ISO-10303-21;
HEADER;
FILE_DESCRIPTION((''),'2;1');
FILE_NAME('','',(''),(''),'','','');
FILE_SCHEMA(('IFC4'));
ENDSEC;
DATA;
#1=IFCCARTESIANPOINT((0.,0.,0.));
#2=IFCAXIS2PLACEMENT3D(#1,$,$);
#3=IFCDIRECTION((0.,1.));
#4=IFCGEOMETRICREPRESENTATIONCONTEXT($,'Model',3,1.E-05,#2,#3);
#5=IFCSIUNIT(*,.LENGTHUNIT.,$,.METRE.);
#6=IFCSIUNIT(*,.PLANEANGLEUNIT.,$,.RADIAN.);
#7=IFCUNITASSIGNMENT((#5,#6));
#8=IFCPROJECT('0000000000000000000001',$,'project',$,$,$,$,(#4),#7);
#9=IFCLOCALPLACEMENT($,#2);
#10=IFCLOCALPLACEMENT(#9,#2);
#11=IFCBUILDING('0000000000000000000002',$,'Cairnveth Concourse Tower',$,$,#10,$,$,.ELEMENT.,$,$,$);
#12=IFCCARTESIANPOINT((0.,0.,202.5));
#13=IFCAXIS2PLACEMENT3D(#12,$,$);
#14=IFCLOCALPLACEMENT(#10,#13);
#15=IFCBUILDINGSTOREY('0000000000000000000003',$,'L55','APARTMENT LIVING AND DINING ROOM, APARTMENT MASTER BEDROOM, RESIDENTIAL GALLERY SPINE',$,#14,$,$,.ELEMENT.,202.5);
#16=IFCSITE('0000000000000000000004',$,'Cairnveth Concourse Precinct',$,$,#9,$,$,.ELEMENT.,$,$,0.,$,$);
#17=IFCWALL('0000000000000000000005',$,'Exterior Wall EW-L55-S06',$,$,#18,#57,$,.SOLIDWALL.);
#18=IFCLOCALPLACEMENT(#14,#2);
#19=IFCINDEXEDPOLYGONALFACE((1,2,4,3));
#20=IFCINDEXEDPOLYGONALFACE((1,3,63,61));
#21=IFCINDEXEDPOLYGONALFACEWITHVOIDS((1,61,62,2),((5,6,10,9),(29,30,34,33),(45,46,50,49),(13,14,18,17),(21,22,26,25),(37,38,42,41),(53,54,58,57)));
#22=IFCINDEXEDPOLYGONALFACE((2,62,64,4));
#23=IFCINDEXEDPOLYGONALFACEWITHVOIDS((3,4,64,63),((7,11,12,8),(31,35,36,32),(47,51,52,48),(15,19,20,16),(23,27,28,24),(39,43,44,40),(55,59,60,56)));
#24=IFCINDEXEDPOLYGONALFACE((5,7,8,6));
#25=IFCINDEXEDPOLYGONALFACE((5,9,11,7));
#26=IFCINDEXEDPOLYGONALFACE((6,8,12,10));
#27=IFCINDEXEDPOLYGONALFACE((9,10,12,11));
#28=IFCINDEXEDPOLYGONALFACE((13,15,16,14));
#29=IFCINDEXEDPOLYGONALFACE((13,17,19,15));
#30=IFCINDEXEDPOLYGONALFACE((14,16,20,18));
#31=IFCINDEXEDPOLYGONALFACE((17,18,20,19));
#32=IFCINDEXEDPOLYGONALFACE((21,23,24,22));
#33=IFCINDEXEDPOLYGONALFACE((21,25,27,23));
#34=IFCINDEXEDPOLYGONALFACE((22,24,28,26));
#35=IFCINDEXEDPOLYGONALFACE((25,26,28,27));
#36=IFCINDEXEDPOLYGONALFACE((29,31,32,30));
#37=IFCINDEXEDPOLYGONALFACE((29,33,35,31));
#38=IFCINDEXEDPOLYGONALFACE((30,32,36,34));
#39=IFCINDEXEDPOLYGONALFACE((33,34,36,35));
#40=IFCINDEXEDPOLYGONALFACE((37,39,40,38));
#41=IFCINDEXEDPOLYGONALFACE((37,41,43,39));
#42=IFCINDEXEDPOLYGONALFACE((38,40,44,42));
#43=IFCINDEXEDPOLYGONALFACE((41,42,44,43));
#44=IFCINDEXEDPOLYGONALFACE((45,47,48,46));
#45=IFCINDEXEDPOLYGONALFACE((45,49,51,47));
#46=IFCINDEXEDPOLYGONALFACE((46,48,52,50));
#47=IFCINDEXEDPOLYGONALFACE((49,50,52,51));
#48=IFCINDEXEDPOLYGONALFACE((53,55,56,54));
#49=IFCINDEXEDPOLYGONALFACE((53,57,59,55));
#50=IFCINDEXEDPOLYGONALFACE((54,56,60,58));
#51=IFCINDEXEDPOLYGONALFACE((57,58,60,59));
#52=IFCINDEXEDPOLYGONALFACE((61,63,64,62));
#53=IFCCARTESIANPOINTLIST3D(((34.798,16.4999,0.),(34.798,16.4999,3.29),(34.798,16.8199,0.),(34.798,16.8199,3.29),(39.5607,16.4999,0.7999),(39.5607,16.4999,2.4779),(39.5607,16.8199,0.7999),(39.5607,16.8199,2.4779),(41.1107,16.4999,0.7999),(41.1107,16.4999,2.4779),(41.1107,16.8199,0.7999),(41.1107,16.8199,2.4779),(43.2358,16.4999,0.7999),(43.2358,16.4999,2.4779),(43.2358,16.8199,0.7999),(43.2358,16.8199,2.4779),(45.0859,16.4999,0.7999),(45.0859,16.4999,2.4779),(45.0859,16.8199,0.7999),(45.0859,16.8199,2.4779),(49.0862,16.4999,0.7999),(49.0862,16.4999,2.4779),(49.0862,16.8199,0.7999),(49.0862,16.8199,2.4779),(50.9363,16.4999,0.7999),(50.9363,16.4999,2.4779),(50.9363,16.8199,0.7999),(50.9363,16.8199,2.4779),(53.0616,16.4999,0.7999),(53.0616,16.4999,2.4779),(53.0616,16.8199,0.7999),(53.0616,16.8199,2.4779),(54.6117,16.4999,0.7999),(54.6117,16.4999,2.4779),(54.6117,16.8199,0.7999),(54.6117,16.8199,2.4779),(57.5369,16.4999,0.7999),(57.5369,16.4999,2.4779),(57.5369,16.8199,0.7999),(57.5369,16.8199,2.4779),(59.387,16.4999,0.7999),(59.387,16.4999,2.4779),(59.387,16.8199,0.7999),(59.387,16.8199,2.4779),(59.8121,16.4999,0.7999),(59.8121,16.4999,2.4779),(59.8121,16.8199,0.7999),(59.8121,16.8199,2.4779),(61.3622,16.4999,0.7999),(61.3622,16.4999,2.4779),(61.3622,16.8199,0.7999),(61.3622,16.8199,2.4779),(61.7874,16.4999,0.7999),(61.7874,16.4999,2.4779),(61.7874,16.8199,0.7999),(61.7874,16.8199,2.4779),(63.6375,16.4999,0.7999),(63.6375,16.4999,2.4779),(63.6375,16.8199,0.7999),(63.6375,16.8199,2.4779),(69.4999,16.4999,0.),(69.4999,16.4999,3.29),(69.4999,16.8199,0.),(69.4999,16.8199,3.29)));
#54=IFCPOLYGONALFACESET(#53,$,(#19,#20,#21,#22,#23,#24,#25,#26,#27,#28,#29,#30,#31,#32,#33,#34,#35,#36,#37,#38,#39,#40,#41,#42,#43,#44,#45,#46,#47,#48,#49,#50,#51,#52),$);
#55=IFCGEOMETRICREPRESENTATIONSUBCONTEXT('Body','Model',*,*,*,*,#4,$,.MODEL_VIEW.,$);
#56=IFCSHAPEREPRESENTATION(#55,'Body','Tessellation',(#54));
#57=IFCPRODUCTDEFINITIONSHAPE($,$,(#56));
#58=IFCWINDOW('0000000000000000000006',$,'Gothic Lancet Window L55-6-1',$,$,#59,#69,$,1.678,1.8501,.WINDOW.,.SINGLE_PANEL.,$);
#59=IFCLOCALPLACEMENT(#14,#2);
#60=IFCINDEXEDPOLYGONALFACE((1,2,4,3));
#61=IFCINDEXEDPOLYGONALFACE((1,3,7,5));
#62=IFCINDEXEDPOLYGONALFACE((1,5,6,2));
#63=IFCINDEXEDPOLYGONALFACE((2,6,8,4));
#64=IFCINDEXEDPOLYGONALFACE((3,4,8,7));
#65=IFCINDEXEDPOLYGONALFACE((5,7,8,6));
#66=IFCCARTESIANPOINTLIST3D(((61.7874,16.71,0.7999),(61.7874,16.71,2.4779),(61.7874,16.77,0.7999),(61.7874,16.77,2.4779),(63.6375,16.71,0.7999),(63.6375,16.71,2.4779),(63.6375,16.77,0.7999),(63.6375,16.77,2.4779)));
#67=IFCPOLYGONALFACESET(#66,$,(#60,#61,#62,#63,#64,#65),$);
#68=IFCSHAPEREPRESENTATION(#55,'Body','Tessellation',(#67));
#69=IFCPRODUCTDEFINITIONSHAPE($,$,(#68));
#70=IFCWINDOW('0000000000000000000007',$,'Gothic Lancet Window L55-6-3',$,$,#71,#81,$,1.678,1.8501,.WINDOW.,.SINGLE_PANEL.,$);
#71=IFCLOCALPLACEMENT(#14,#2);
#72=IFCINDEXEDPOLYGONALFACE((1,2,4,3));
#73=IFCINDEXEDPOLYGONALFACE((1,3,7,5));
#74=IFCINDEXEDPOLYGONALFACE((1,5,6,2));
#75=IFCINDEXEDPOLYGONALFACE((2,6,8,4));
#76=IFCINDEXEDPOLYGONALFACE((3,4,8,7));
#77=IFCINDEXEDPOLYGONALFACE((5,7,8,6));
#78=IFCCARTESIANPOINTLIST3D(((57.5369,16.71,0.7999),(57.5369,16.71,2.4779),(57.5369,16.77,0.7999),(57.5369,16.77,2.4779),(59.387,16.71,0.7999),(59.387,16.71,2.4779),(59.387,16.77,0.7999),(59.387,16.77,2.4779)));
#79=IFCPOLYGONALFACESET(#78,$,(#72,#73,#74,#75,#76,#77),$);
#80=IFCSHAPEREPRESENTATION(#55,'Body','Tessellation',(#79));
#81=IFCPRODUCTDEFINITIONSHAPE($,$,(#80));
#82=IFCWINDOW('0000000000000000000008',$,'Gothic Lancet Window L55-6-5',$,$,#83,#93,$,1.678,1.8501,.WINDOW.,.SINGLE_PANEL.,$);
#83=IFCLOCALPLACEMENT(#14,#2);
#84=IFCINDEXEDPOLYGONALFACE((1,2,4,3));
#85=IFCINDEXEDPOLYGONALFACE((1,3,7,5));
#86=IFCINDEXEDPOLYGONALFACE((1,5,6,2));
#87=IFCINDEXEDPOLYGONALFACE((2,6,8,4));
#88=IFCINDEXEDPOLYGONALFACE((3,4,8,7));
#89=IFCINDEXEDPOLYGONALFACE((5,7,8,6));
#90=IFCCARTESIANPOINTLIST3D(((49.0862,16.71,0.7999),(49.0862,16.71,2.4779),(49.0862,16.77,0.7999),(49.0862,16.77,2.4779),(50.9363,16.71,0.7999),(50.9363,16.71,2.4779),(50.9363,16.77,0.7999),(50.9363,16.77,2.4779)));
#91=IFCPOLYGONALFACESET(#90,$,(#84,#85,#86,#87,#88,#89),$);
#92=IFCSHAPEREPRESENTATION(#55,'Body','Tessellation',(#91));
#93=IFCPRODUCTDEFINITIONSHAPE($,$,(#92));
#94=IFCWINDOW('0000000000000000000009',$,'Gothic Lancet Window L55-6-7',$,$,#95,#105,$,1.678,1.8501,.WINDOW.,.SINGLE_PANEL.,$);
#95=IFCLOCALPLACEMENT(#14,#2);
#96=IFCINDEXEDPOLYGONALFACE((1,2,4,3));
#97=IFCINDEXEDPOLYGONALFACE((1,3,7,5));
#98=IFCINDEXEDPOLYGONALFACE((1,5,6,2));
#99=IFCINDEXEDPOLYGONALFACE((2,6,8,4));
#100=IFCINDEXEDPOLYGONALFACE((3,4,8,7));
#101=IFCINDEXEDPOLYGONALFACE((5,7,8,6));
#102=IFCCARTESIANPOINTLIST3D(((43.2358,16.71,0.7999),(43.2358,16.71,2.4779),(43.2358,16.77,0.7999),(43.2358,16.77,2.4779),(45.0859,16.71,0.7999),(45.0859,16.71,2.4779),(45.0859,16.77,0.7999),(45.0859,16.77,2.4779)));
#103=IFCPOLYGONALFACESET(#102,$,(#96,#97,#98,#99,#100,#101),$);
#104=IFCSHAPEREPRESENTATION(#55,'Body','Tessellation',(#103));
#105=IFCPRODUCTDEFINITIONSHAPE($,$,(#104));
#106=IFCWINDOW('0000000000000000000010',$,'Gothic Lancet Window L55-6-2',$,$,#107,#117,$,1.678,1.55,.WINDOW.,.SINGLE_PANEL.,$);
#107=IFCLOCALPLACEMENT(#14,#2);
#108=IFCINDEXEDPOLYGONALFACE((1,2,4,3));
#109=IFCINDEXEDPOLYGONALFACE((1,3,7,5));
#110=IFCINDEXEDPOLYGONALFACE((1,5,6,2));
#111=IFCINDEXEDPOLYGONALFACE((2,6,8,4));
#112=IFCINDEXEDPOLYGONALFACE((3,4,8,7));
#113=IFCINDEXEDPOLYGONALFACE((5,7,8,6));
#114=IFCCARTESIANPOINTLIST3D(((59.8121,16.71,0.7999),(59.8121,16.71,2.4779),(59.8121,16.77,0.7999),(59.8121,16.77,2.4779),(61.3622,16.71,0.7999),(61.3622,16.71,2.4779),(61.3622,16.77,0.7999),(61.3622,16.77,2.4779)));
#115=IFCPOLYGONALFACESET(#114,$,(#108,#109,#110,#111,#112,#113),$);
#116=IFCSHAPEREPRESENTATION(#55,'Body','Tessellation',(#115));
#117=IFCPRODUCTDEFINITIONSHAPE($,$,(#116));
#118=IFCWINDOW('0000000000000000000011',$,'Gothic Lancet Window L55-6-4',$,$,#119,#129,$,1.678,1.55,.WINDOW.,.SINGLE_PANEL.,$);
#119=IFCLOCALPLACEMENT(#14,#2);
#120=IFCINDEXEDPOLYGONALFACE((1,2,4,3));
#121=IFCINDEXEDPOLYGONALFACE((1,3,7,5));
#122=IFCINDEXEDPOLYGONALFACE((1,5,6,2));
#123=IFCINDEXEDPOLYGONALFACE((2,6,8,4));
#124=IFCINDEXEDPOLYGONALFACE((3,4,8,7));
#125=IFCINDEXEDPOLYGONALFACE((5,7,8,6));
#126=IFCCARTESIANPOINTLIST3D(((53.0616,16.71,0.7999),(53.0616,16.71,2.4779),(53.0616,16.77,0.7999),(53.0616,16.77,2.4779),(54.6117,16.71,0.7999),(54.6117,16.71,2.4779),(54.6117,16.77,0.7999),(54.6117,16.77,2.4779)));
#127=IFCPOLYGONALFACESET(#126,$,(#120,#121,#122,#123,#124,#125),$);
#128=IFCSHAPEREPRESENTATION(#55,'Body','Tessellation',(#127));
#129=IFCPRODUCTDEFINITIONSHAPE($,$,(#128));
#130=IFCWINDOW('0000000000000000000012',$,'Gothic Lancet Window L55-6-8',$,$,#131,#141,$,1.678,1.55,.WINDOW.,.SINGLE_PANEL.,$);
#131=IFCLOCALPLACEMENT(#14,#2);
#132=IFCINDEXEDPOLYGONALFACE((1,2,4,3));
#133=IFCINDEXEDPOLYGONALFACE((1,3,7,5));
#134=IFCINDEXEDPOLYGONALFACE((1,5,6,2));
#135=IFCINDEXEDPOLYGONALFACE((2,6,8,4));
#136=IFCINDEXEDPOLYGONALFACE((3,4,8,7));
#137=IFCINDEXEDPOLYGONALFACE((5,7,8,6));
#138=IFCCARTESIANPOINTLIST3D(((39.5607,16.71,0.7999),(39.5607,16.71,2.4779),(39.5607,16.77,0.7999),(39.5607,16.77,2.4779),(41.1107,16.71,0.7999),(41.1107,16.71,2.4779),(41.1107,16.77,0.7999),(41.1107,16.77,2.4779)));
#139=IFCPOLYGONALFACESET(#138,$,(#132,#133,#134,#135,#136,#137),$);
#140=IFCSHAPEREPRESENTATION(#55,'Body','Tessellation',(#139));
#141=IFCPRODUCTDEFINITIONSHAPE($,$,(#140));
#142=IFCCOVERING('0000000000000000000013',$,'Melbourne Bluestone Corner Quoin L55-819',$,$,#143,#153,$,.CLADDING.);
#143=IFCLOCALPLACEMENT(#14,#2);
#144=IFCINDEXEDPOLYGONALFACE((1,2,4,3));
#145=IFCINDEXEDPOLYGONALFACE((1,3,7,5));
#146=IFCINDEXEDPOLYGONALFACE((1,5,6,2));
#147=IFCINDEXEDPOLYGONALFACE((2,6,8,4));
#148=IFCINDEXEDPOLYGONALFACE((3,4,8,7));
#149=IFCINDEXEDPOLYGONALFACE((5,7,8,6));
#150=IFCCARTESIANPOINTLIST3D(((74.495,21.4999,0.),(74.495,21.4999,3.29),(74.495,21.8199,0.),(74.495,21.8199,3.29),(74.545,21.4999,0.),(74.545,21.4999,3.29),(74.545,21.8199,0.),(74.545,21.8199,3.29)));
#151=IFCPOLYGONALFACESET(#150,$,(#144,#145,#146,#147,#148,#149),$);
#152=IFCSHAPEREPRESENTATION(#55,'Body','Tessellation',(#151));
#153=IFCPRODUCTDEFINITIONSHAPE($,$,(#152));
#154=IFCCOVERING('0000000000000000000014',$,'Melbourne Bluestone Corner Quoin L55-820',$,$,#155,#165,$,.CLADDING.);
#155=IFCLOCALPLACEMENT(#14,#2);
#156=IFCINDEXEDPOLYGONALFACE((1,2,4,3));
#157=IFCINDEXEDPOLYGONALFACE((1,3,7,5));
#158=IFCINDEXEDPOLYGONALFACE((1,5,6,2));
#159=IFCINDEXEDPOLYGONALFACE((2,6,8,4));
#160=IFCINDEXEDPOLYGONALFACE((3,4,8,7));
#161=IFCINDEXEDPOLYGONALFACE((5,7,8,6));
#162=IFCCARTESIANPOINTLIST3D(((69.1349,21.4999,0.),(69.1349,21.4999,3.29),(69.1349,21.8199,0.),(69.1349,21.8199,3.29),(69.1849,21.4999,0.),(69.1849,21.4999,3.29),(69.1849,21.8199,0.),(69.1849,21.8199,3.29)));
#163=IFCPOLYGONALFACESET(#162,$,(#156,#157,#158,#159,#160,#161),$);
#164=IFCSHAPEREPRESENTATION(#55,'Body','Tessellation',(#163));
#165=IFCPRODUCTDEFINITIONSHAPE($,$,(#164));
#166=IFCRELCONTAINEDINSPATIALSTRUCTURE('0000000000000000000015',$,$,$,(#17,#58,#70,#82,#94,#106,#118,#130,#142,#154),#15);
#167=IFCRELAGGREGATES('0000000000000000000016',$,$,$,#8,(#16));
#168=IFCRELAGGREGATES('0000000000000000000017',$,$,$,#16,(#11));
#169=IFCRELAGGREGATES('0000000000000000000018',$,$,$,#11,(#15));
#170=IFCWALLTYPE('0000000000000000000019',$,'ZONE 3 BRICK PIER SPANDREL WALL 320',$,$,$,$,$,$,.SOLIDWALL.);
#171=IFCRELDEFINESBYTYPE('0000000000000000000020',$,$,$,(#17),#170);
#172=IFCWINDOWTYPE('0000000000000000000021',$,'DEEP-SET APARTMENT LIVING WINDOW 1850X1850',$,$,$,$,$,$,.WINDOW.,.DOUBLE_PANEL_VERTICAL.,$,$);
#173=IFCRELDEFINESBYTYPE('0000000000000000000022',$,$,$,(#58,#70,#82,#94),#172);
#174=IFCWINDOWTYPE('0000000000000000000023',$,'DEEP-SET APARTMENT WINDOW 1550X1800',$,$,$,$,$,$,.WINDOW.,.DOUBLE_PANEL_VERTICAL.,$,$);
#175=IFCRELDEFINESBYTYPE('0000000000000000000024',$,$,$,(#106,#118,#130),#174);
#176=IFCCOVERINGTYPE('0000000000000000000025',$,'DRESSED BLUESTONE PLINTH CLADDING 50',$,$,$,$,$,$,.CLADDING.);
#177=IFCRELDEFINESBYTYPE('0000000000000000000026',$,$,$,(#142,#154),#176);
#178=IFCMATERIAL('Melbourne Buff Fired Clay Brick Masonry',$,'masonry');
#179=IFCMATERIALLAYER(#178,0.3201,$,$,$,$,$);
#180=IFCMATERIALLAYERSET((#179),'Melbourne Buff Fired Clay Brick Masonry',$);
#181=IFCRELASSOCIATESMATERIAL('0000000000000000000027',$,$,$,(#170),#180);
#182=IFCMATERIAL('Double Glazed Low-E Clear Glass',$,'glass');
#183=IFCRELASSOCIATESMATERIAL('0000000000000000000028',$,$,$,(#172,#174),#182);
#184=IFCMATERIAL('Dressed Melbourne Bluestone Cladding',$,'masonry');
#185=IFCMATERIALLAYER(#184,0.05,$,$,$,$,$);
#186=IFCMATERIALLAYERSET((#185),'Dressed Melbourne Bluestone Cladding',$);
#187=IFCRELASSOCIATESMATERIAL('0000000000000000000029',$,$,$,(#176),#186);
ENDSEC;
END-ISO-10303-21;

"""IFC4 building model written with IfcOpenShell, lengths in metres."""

from ifc_helpers import new_model, si_unit, direction, frame, frame_2d, origin, place, context, subcontext, project, spatial, rectangle, extrude, material, layer, layer_set, type_object, element, fill, save


model = new_model("IFC4")

# Units and contexts
model_context = context("Model", 3, precision=1e-05, world=origin(), true_north=direction((0.0, 1.0)))
body_context = subcontext(model_context, "Body", "Model", "MODEL_VIEW")
ifc_project = project(units=[si_unit("LENGTHUNIT", "METRE"), si_unit("PLANEANGLEUNIT", "RADIAN")], contexts=[model_context])

# Site, building, storey
site_placement = place(None, origin())
site = spatial("IfcSite", under=ifc_project, at=site_placement, Name="Cairnveth Concourse Precinct", CompositionType="ELEMENT", RefElevation=0.0)
building_placement = place(site_placement, origin())
building = spatial("IfcBuilding", under=site, at=building_placement, Name="Cairnveth Concourse Tower", CompositionType="ELEMENT")
storey_placement = place(building_placement, frame((0.0, 0.0, 202.5)))
storey = spatial("IfcBuildingStorey", under=building, at=storey_placement, Name="L55", Description="APARTMENT LIVING AND DINING ROOM, APARTMENT MASTER BEDROOM, RESIDENTIAL GALLERY SPINE", CompositionType="ELEMENT", Elevation=202.5)

# Shared definitions
ifc_material_1 = material(Name="Melbourne Buff Fired Clay Brick Masonry", Category="masonry")
ifc_layer_1 = layer(ifc_material_1, 0.3201)
ifc_layer_set_1 = layer_set([ifc_layer_1], Name="Melbourne Buff Fired Clay Brick Masonry")
wall_type = type_object("IfcWallType", Name="ZONE 3 BRICK PIER SPANDREL WALL 320", PredefinedType="SOLIDWALL", material=ifc_layer_set_1)
ifc_material_2 = material(Name="Double Glazed Low-E Clear Glass", Category="glass")

# Wall, openings, windows
wall_1_placement = place(storey_placement, frame((69.5, 16.6599, 0.0), z_axis=(0.0, 0.0, 1.0), x_axis=(-1.0, 0.0, 0.0)))
wall_1 = element("IfcWall", 1, at=wall_1_placement, inside=storey, type_object=wall_type, Name="Exterior Wall EW-L55-S06", PredefinedType="SOLIDWALL", context=body_context, shape_type="SweptSolid", body=[
    extrude(rectangle(XDim=34.7019, YDim=0.3201, at=frame_2d((17.3511, 0.0))), origin(), (0.0, 0.0, 1.0), 3.29),
])
opening_1_placement = place(wall_1_placement, frame((5.8625, 0.0, 0.8)))
opening_1 = element("IfcOpeningElement", 2, at=opening_1_placement, cuts=wall_1, PredefinedType="OPENING", context=body_context, shape_type="SweptSolid", body=[
    extrude(rectangle(XDim=1.8501, YDim=1.678, at=frame_2d((0.925, 0.8389))), frame((0.0, 0.1699, 0.0), z_axis=(0.0, -1.0, 0.0), x_axis=(1.0, 0.0, 0.0)), (0.0, 0.0, 1.0), 0.3401),
])
opening_2_placement = place(wall_1_placement, frame((8.1379, 0.0, 0.8)))
opening_2 = element("IfcOpeningElement", 3, at=opening_2_placement, cuts=wall_1, PredefinedType="OPENING", context=body_context, shape_type="SweptSolid", body=[
    extrude(rectangle(XDim=1.55, YDim=1.678, at=frame_2d((0.7749, 0.8389))), frame((0.0, 0.1699, 0.0), z_axis=(0.0, -1.0, 0.0), x_axis=(1.0, 0.0, 0.0)), (0.0, 0.0, 1.0), 0.3401),
])
opening_3_placement = place(wall_1_placement, frame((10.113, 0.0, 0.8)))
opening_3 = element("IfcOpeningElement", 4, at=opening_3_placement, cuts=wall_1, PredefinedType="OPENING", context=body_context, shape_type="SweptSolid", body=[
    extrude(rectangle(XDim=1.8501, YDim=1.678, at=frame_2d((0.925, 0.8389))), frame((0.0, 0.1699, 0.0), z_axis=(0.0, -1.0, 0.0), x_axis=(1.0, 0.0, 0.0)), (0.0, 0.0, 1.0), 0.3401),
])
opening_4_placement = place(wall_1_placement, frame((14.8884, 0.0, 0.8)))
opening_4 = element("IfcOpeningElement", 5, at=opening_4_placement, cuts=wall_1, PredefinedType="OPENING", context=body_context, shape_type="SweptSolid", body=[
    extrude(rectangle(XDim=1.55, YDim=1.678, at=frame_2d((0.7749, 0.8389))), frame((0.0, 0.1699, 0.0), z_axis=(0.0, -1.0, 0.0), x_axis=(1.0, 0.0, 0.0)), (0.0, 0.0, 1.0), 0.3401),
])
opening_5_placement = place(wall_1_placement, frame((18.5637, 0.0, 0.8)))
opening_5 = element("IfcOpeningElement", 6, at=opening_5_placement, cuts=wall_1, PredefinedType="OPENING", context=body_context, shape_type="SweptSolid", body=[
    extrude(rectangle(XDim=1.8501, YDim=1.678, at=frame_2d((0.925, 0.8389))), frame((0.0, 0.1699, 0.0), z_axis=(0.0, -1.0, 0.0), x_axis=(1.0, 0.0, 0.0)), (0.0, 0.0, 1.0), 0.3401),
])
opening_6_placement = place(wall_1_placement, frame((24.4141, 0.0, 0.8)))
opening_6 = element("IfcOpeningElement", 7, at=opening_6_placement, cuts=wall_1, PredefinedType="OPENING", context=body_context, shape_type="SweptSolid", body=[
    extrude(rectangle(XDim=1.8501, YDim=1.678, at=frame_2d((0.925, 0.8389))), frame((0.0, 0.1699, 0.0), z_axis=(0.0, -1.0, 0.0), x_axis=(1.0, 0.0, 0.0)), (0.0, 0.0, 1.0), 0.3401),
])
opening_7_placement = place(wall_1_placement, frame((28.3894, 0.0, 0.8)))
opening_7 = element("IfcOpeningElement", 8, at=opening_7_placement, cuts=wall_1, PredefinedType="OPENING", context=body_context, shape_type="SweptSolid", body=[
    extrude(rectangle(XDim=1.55, YDim=1.678, at=frame_2d((0.7749, 0.8389))), frame((0.0, 0.1699, 0.0), z_axis=(0.0, -1.0, 0.0), x_axis=(1.0, 0.0, 0.0)), (0.0, 0.0, 1.0), 0.3401),
])
window_type_1 = type_object("IfcWindowType", Name="DEEP-SET APARTMENT LIVING WINDOW 1850X1850", PartitioningType="DOUBLE_PANEL_VERTICAL", PredefinedType="WINDOW", material=ifc_material_2)
window_1_placement = place(opening_1_placement, origin())
window_1 = element("IfcWindow", 9, at=window_1_placement, inside=storey, type_object=window_type_1, Name="Gothic Lancet Window L55-6-1", OverallHeight=1.678, OverallWidth=1.8501, PartitioningType="SINGLE_PANEL", PredefinedType="WINDOW", context=body_context, shape_type="SweptSolid", body=[
    extrude(rectangle(XDim=1.8501, YDim=1.678, at=frame_2d((0.925, 0.8389))), frame((0.0, -0.05, 0.0), z_axis=(0.0, -1.0, 0.0), x_axis=(1.0, 0.0, 0.0)), (0.0, 0.0, 1.0), 0.0601),
])
fill(opening_1, window_1)
window_2_placement = place(opening_3_placement, origin())
window_2 = element("IfcWindow", 10, at=window_2_placement, inside=storey, type_object=window_type_1, Name="Gothic Lancet Window L55-6-3", OverallHeight=1.678, OverallWidth=1.8501, PartitioningType="SINGLE_PANEL", PredefinedType="WINDOW", context=body_context, shape_type="SweptSolid", body=[
    extrude(rectangle(XDim=1.8501, YDim=1.678, at=frame_2d((0.925, 0.8389))), frame((0.0, -0.05, 0.0), z_axis=(0.0, -1.0, 0.0), x_axis=(1.0, 0.0, 0.0)), (0.0, 0.0, 1.0), 0.0601),
])
fill(opening_3, window_2)
window_3_placement = place(opening_5_placement, origin())
window_3 = element("IfcWindow", 11, at=window_3_placement, inside=storey, type_object=window_type_1, Name="Gothic Lancet Window L55-6-5", OverallHeight=1.678, OverallWidth=1.8501, PartitioningType="SINGLE_PANEL", PredefinedType="WINDOW", context=body_context, shape_type="SweptSolid", body=[
    extrude(rectangle(XDim=1.8501, YDim=1.678, at=frame_2d((0.925, 0.8389))), frame((0.0, -0.05, 0.0), z_axis=(0.0, -1.0, 0.0), x_axis=(1.0, 0.0, 0.0)), (0.0, 0.0, 1.0), 0.0601),
])
fill(opening_5, window_3)
window_4_placement = place(opening_6_placement, origin())
window_4 = element("IfcWindow", 12, at=window_4_placement, inside=storey, type_object=window_type_1, Name="Gothic Lancet Window L55-6-7", OverallHeight=1.678, OverallWidth=1.8501, PartitioningType="SINGLE_PANEL", PredefinedType="WINDOW", context=body_context, shape_type="SweptSolid", body=[
    extrude(rectangle(XDim=1.8501, YDim=1.678, at=frame_2d((0.925, 0.8389))), frame((0.0, -0.05, 0.0), z_axis=(0.0, -1.0, 0.0), x_axis=(1.0, 0.0, 0.0)), (0.0, 0.0, 1.0), 0.0601),
])
fill(opening_6, window_4)
window_type_2 = type_object("IfcWindowType", Name="DEEP-SET APARTMENT WINDOW 1550X1800", PartitioningType="DOUBLE_PANEL_VERTICAL", PredefinedType="WINDOW", material=ifc_material_2)
window_5_placement = place(opening_2_placement, origin())
window_5 = element("IfcWindow", 13, at=window_5_placement, inside=storey, type_object=window_type_2, Name="Gothic Lancet Window L55-6-2", OverallHeight=1.678, OverallWidth=1.55, PartitioningType="SINGLE_PANEL", PredefinedType="WINDOW", context=body_context, shape_type="SweptSolid", body=[
    extrude(rectangle(XDim=1.55, YDim=1.678, at=frame_2d((0.7749, 0.8389))), frame((0.0, -0.05, 0.0), z_axis=(0.0, -1.0, 0.0), x_axis=(1.0, 0.0, 0.0)), (0.0, 0.0, 1.0), 0.0601),
])
fill(opening_2, window_5)
window_6_placement = place(opening_4_placement, origin())
window_6 = element("IfcWindow", 14, at=window_6_placement, inside=storey, type_object=window_type_2, Name="Gothic Lancet Window L55-6-4", OverallHeight=1.678, OverallWidth=1.55, PartitioningType="SINGLE_PANEL", PredefinedType="WINDOW", context=body_context, shape_type="SweptSolid", body=[
    extrude(rectangle(XDim=1.55, YDim=1.678, at=frame_2d((0.7749, 0.8389))), frame((0.0, -0.05, 0.0), z_axis=(0.0, -1.0, 0.0), x_axis=(1.0, 0.0, 0.0)), (0.0, 0.0, 1.0), 0.0601),
])
fill(opening_4, window_6)
window_7_placement = place(opening_7_placement, origin())
window_7 = element("IfcWindow", 15, at=window_7_placement, inside=storey, type_object=window_type_2, Name="Gothic Lancet Window L55-6-8", OverallHeight=1.678, OverallWidth=1.55, PartitioningType="SINGLE_PANEL", PredefinedType="WINDOW", context=body_context, shape_type="SweptSolid", body=[
    extrude(rectangle(XDim=1.55, YDim=1.678, at=frame_2d((0.7749, 0.8389))), frame((0.0, -0.05, 0.0), z_axis=(0.0, -1.0, 0.0), x_axis=(1.0, 0.0, 0.0)), (0.0, 0.0, 1.0), 0.0601),
])
fill(opening_7, window_7)

# Coverings
ifc_material_3 = material(Name="Dressed Melbourne Bluestone Cladding", Category="masonry")
ifc_layer_2 = layer(ifc_material_3, 0.05)
ifc_layer_set_2 = layer_set([ifc_layer_2], Name="Dressed Melbourne Bluestone Cladding")
covering_type = type_object("IfcCoveringType", Name="DRESSED BLUESTONE PLINTH CLADDING 50", PredefinedType="CLADDING", material=ifc_layer_set_2)
for number, where, z_axis, x_axis, name in (
    (16, (74.52, 21.8201, 0.0), (0.0, 0.0, 1.0), (0.0, -1.0, 0.0), "Melbourne Bluestone Corner Quoin L55-819"),
    (17, (69.1599, 21.8201, 0.0), (0.0, 0.0, 1.0), (0.0, -1.0, 0.0), "Melbourne Bluestone Corner Quoin L55-820"),
):
    element("IfcCovering", number, at=place(storey_placement, frame(where, z_axis=z_axis, x_axis=x_axis)), inside=storey, type_object=covering_type, Name=name, PredefinedType="CLADDING", context=body_context, shape_type="SweptSolid", body=[
        extrude(rectangle(XDim=0.3201, YDim=0.05, at=frame_2d((0.1602, 0.0))), origin(), (0.0, 0.0, 1.0), 3.29),
    ])

save(model, "model.ifc")
